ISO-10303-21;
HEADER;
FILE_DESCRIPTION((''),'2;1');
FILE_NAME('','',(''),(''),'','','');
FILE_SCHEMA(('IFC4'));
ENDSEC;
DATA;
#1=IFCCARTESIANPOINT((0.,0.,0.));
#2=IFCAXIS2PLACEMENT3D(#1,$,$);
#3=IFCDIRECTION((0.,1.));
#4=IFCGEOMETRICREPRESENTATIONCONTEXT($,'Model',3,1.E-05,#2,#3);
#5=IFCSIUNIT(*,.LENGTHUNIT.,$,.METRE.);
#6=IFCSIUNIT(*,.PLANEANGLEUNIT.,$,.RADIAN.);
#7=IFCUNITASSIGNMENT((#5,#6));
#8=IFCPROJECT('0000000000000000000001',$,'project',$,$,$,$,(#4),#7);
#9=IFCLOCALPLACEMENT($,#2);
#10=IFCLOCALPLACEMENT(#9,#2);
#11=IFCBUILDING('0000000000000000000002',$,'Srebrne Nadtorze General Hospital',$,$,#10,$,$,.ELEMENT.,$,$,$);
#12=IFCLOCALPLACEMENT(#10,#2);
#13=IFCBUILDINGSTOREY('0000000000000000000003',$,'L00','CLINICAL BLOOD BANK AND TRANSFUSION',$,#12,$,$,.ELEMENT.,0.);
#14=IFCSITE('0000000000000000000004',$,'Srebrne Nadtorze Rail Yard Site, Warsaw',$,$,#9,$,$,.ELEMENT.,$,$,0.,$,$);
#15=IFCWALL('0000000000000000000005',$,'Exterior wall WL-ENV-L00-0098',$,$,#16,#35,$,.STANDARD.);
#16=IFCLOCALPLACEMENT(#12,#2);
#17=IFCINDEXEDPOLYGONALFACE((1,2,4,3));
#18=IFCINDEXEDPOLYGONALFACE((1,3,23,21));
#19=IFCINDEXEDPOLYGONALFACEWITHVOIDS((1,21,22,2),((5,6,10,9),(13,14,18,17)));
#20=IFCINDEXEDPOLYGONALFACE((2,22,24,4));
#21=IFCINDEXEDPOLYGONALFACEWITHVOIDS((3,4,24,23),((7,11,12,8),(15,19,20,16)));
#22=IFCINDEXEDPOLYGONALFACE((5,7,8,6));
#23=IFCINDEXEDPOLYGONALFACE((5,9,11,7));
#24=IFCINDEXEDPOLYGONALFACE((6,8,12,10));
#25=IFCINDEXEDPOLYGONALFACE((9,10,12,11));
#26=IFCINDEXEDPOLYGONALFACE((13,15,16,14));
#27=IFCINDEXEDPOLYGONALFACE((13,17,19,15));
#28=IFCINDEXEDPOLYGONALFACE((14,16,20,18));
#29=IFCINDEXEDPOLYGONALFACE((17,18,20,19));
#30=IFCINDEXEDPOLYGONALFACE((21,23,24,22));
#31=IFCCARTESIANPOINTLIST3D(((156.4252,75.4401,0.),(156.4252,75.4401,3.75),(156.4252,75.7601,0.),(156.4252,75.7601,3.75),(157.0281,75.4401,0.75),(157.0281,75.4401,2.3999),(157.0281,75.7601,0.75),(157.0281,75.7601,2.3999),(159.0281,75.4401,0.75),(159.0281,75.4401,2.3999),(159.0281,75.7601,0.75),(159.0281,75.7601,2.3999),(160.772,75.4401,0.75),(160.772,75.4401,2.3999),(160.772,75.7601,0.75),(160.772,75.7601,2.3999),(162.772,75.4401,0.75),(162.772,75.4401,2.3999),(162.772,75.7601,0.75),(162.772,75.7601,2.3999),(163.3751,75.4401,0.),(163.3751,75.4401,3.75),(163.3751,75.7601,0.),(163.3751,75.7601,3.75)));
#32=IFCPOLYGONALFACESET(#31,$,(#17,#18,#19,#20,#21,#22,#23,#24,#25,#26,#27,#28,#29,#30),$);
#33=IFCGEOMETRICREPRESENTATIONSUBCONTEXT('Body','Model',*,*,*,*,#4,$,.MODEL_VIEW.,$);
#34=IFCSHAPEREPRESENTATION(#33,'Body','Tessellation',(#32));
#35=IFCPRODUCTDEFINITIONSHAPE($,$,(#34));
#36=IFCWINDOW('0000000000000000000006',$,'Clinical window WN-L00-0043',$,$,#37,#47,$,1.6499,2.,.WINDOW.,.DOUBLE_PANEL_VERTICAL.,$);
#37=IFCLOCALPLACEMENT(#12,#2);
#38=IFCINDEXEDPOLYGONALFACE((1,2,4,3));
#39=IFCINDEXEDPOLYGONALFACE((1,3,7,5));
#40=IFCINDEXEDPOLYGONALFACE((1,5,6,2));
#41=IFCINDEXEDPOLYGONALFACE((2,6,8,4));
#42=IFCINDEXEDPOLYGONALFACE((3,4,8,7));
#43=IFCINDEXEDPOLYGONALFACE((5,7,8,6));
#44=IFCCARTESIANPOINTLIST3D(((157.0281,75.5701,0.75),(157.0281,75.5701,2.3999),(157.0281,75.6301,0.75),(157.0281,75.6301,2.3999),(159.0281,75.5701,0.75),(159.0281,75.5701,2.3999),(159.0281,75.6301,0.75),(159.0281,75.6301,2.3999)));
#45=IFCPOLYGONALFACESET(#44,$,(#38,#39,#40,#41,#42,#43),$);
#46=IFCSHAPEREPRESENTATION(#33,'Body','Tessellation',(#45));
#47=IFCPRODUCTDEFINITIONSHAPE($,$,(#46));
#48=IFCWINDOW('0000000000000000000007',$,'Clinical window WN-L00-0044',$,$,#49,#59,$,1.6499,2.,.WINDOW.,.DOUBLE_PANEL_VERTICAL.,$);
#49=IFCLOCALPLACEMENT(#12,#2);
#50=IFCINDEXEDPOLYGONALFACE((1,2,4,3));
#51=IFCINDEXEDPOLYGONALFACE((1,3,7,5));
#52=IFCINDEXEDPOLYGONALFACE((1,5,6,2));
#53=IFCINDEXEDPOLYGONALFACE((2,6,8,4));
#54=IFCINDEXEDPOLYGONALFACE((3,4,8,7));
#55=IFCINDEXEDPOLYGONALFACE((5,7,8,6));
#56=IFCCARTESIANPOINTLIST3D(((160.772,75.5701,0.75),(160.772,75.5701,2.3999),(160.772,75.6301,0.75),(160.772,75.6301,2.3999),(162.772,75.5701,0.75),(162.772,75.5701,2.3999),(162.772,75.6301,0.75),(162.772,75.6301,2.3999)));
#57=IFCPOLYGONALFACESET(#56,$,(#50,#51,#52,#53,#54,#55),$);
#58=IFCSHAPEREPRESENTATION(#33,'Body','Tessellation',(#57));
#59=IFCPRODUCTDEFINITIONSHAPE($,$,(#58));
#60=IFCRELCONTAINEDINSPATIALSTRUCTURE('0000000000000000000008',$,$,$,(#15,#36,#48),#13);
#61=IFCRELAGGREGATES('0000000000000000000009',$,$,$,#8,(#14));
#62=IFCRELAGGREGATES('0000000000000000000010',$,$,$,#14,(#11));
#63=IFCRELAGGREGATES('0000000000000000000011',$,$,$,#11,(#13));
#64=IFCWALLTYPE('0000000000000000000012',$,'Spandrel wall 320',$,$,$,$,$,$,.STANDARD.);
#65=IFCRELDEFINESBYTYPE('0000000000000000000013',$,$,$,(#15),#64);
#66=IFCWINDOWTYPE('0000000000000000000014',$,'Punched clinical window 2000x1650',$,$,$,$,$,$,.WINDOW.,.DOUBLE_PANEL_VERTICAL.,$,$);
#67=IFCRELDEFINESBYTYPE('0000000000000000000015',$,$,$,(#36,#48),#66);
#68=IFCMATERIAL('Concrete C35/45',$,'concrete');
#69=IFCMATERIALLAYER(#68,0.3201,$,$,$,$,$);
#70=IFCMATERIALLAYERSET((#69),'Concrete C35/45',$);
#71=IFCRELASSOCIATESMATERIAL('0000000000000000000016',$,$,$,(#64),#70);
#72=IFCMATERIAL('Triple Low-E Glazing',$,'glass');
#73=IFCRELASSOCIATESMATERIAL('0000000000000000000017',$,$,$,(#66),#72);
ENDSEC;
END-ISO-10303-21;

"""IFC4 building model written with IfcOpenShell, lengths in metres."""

from ifc_helpers import new_model, si_unit, direction, frame, frame_2d, origin, place, context, subcontext, project, spatial, rectangle, extrude, material, layer, layer_set, type_object, element, fill, save


model = new_model("IFC4")

# Units and contexts
model_context = context("Model", 3, precision=1e-05, world=origin(), true_north=direction((0.0, 1.0)))
body_context = subcontext(model_context, "Body", "Model", "MODEL_VIEW")
ifc_project = project(units=[si_unit("LENGTHUNIT", "METRE"), si_unit("PLANEANGLEUNIT", "RADIAN")], contexts=[model_context])

# Site, building, storey
site_placement = place(None, origin())
site = spatial("IfcSite", under=ifc_project, at=site_placement, Name="Srebrne Nadtorze Rail Yard Site, Warsaw", CompositionType="ELEMENT", RefElevation=0.0)
building_placement = place(site_placement, origin())
building = spatial("IfcBuilding", under=site, at=building_placement, Name="Srebrne Nadtorze General Hospital", CompositionType="ELEMENT")
storey_placement = place(building_placement, origin())
storey = spatial("IfcBuildingStorey", under=building, at=storey_placement, Name="L00", Description="CLINICAL BLOOD BANK AND TRANSFUSION", CompositionType="ELEMENT", Elevation=0.0)

# Wall, openings, windows
ifc_material_1 = material(Name="Concrete C35/45", Category="concrete")
ifc_layer_1 = layer(ifc_material_1, 0.3201)
ifc_layer_set_1 = layer_set([ifc_layer_1], Name="Concrete C35/45")
wall_type_1 = type_object("IfcWallType", Name="Spandrel wall 320", PredefinedType="STANDARD", material=ifc_layer_set_1)
wall_1_placement = place(storey_placement, frame((156.425, 75.6001, 0.0), z_axis=(0.0, 0.0, 1.0), x_axis=(1.0, 0.0, 0.0)))
wall_1 = element("IfcWall", 1, at=wall_1_placement, inside=storey, type_object=wall_type_1, Name="Exterior wall WL-ENV-L00-0098", PredefinedType="STANDARD", context=body_context, shape_type="SweptSolid", body=[
    extrude(rectangle(XDim=6.95, YDim=0.3201, at=frame_2d((3.4751, 0.0))), origin(), (0.0, 0.0, 1.0), 3.75),
])
opening_1_placement = place(wall_1_placement, frame((0.603, 0.0, 0.75)))
opening_1 = element("IfcOpeningElement", 2, at=opening_1_placement, cuts=wall_1, PredefinedType="OPENING", context=body_context, shape_type="SweptSolid", body=[
    extrude(rectangle(XDim=2.0, YDim=1.6499, at=frame_2d((1.0, 0.825))), frame((0.0, 0.1719, 0.0), z_axis=(0.0, -1.0, 0.0), x_axis=(1.0, 0.0, 0.0)), (0.0, 0.0, 1.0), 0.344),
])
opening_2_placement = place(wall_1_placement, frame((4.3469, 0.0, 0.75)))
opening_2 = element("IfcOpeningElement", 3, at=opening_2_placement, cuts=wall_1, PredefinedType="OPENING", context=body_context, shape_type="SweptSolid", body=[
    extrude(rectangle(XDim=2.0, YDim=1.6499, at=frame_2d((1.0, 0.825))), frame((0.0, 0.1719, 0.0), z_axis=(0.0, -1.0, 0.0), x_axis=(1.0, 0.0, 0.0)), (0.0, 0.0, 1.0), 0.344),
])
ifc_material_2 = material(Name="Triple Low-E Glazing", Category="glass")
window_type_1 = type_object("IfcWindowType", Name="Punched clinical window 2000x1650", PartitioningType="DOUBLE_PANEL_VERTICAL", PredefinedType="WINDOW", material=ifc_material_2)
window_1_placement = place(opening_1_placement, origin())
window_1 = element("IfcWindow", 4, at=window_1_placement, inside=storey, type_object=window_type_1, Name="Clinical window WN-L00-0043", OverallHeight=1.6499, OverallWidth=2.0, PartitioningType="DOUBLE_PANEL_VERTICAL", PredefinedType="WINDOW", context=body_context, shape_type="SweptSolid", body=[
    extrude(rectangle(XDim=2.0, YDim=1.6499, at=frame_2d((1.0, 0.825))), frame((0.0, 0.03, 0.0), z_axis=(0.0, -1.0, 0.0), x_axis=(1.0, 0.0, 0.0)), (0.0, 0.0, 1.0), 0.0601),
])
fill(opening_1, window_1)
window_2_placement = place(opening_2_placement, origin())
window_2 = element("IfcWindow", 5, at=window_2_placement, inside=storey, type_object=window_type_1, Name="Clinical window WN-L00-0044", OverallHeight=1.6499, OverallWidth=2.0, PartitioningType="DOUBLE_PANEL_VERTICAL", PredefinedType="WINDOW", context=body_context, shape_type="SweptSolid", body=[
    extrude(rectangle(XDim=2.0, YDim=1.6499, at=frame_2d((1.0, 0.825))), frame((0.0, 0.03, 0.0), z_axis=(0.0, -1.0, 0.0), x_axis=(1.0, 0.0, 0.0)), (0.0, 0.0, 1.0), 0.0601),
])
fill(opening_2, window_2)

save(model, "model.ifc")
